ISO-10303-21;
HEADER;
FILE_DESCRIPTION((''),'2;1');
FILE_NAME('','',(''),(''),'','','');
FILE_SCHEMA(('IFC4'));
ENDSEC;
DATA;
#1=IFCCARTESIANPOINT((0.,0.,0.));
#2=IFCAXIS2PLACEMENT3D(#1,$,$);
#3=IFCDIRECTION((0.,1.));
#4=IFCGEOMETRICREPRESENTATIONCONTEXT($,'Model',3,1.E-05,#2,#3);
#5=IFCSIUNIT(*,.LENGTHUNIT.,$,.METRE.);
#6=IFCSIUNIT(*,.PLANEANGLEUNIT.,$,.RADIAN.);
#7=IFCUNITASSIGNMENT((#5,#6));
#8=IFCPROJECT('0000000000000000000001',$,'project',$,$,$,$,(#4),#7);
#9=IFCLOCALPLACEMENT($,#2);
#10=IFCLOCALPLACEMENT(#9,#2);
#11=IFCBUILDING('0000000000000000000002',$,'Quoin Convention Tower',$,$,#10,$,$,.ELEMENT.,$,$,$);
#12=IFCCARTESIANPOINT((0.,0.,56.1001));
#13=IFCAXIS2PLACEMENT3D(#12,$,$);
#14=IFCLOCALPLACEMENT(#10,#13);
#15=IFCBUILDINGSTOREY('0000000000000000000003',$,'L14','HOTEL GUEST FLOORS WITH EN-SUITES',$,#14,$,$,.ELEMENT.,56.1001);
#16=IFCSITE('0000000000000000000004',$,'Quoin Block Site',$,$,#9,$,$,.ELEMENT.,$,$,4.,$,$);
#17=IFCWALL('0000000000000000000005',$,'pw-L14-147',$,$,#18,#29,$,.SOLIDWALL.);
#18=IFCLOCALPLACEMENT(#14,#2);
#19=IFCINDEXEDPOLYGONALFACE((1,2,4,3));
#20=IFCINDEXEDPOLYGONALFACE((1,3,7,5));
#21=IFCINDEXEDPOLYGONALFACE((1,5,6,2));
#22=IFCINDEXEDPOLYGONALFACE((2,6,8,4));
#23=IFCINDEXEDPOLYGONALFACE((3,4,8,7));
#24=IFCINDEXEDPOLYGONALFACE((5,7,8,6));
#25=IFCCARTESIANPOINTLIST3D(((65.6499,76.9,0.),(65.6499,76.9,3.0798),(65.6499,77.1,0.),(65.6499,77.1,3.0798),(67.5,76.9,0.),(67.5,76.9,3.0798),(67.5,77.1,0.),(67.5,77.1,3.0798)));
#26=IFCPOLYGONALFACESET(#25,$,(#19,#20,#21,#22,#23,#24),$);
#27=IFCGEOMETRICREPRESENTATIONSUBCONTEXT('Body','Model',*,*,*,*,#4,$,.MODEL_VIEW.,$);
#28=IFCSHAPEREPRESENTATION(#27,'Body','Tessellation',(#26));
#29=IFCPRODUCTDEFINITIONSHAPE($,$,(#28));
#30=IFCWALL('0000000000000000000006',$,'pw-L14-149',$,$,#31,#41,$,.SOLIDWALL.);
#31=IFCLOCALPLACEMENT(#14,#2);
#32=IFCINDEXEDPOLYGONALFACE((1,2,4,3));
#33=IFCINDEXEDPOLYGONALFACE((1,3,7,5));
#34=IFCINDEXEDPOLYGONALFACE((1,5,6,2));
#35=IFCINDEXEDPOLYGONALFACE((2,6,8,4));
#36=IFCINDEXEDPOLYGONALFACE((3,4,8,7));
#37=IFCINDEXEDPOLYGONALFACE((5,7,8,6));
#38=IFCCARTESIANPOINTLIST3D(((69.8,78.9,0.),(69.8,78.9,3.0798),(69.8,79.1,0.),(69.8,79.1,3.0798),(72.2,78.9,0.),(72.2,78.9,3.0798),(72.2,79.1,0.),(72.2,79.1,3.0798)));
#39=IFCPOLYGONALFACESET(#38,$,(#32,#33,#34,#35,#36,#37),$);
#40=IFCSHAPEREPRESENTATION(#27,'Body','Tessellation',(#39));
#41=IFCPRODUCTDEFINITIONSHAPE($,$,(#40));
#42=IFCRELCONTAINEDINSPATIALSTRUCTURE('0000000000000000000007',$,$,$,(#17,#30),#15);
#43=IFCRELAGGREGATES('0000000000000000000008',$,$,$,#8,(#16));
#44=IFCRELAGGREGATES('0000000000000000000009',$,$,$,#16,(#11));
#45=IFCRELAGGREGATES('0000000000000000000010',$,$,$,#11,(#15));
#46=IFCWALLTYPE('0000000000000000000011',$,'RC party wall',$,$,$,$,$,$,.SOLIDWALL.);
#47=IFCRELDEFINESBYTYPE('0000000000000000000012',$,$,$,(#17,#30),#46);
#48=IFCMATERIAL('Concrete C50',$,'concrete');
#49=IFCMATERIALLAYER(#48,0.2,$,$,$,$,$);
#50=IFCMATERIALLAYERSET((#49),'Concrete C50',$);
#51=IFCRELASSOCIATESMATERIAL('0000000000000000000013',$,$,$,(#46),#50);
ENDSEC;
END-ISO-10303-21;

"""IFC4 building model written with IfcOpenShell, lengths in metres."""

from ifc_helpers import new_model, si_unit, direction, frame, frame_2d, origin, place, context, subcontext, project, spatial, rectangle, extrude, material, layer, layer_set, type_object, element, save


model = new_model("IFC4")

# Units and contexts
model_context = context("Model", 3, precision=1e-05, world=origin(), true_north=direction((0.0, 1.0)))
body_context = subcontext(model_context, "Body", "Model", "MODEL_VIEW")
ifc_project = project(units=[si_unit("LENGTHUNIT", "METRE"), si_unit("PLANEANGLEUNIT", "RADIAN")], contexts=[model_context])

# Site, building, storey
site_placement = place(None, origin())
site = spatial("IfcSite", under=ifc_project, at=site_placement, Name="Quoin Block Site", CompositionType="ELEMENT", RefElevation=4.0)
building_placement = place(site_placement, origin())
building = spatial("IfcBuilding", under=site, at=building_placement, Name="Quoin Convention Tower", CompositionType="ELEMENT")
storey_placement = place(building_placement, frame((0.0, 0.0, 56.1001)))
storey = spatial("IfcBuildingStorey", under=building, at=storey_placement, Name="L14", Description="HOTEL GUEST FLOORS WITH EN-SUITES", CompositionType="ELEMENT", Elevation=56.1001)

# Shared definitions
ifc_material_1 = material(Name="Concrete C50", Category="concrete")
ifc_layer_1 = layer(ifc_material_1, 0.2)
ifc_layer_set_1 = layer_set([ifc_layer_1], Name="Concrete C50")
wall_type_1 = type_object("IfcWallType", Name="RC party wall", PredefinedType="SOLIDWALL", material=ifc_layer_set_1)

# Walls
wall_1_placement = place(storey_placement, frame((65.6499, 77.0, 0.0), z_axis=(0.0, 0.0, 1.0), x_axis=(1.0, 0.0, 0.0)))
element("IfcWall", 1, at=wall_1_placement, inside=storey, type_object=wall_type_1, Name="pw-L14-147", PredefinedType="SOLIDWALL", context=body_context, shape_type="SweptSolid", body=[
    extrude(rectangle(XDim=1.8501, YDim=0.2, at=frame_2d((0.925, 0.0))), origin(), (0.0, 0.0, 1.0), 3.0798),
])
wall_2_placement = place(storey_placement, frame((69.8, 79.0, 0.0), z_axis=(0.0, 0.0, 1.0), x_axis=(1.0, 0.0, 0.0)))
element("IfcWall", 2, at=wall_2_placement, inside=storey, type_object=wall_type_1, Name="pw-L14-149", PredefinedType="SOLIDWALL", context=body_context, shape_type="SweptSolid", body=[
    extrude(rectangle(XDim=2.3999, YDim=0.2, at=frame_2d((1.2, 0.0))), origin(), (0.0, 0.0, 1.0), 3.0798),
])

save(model, "model.ifc")
